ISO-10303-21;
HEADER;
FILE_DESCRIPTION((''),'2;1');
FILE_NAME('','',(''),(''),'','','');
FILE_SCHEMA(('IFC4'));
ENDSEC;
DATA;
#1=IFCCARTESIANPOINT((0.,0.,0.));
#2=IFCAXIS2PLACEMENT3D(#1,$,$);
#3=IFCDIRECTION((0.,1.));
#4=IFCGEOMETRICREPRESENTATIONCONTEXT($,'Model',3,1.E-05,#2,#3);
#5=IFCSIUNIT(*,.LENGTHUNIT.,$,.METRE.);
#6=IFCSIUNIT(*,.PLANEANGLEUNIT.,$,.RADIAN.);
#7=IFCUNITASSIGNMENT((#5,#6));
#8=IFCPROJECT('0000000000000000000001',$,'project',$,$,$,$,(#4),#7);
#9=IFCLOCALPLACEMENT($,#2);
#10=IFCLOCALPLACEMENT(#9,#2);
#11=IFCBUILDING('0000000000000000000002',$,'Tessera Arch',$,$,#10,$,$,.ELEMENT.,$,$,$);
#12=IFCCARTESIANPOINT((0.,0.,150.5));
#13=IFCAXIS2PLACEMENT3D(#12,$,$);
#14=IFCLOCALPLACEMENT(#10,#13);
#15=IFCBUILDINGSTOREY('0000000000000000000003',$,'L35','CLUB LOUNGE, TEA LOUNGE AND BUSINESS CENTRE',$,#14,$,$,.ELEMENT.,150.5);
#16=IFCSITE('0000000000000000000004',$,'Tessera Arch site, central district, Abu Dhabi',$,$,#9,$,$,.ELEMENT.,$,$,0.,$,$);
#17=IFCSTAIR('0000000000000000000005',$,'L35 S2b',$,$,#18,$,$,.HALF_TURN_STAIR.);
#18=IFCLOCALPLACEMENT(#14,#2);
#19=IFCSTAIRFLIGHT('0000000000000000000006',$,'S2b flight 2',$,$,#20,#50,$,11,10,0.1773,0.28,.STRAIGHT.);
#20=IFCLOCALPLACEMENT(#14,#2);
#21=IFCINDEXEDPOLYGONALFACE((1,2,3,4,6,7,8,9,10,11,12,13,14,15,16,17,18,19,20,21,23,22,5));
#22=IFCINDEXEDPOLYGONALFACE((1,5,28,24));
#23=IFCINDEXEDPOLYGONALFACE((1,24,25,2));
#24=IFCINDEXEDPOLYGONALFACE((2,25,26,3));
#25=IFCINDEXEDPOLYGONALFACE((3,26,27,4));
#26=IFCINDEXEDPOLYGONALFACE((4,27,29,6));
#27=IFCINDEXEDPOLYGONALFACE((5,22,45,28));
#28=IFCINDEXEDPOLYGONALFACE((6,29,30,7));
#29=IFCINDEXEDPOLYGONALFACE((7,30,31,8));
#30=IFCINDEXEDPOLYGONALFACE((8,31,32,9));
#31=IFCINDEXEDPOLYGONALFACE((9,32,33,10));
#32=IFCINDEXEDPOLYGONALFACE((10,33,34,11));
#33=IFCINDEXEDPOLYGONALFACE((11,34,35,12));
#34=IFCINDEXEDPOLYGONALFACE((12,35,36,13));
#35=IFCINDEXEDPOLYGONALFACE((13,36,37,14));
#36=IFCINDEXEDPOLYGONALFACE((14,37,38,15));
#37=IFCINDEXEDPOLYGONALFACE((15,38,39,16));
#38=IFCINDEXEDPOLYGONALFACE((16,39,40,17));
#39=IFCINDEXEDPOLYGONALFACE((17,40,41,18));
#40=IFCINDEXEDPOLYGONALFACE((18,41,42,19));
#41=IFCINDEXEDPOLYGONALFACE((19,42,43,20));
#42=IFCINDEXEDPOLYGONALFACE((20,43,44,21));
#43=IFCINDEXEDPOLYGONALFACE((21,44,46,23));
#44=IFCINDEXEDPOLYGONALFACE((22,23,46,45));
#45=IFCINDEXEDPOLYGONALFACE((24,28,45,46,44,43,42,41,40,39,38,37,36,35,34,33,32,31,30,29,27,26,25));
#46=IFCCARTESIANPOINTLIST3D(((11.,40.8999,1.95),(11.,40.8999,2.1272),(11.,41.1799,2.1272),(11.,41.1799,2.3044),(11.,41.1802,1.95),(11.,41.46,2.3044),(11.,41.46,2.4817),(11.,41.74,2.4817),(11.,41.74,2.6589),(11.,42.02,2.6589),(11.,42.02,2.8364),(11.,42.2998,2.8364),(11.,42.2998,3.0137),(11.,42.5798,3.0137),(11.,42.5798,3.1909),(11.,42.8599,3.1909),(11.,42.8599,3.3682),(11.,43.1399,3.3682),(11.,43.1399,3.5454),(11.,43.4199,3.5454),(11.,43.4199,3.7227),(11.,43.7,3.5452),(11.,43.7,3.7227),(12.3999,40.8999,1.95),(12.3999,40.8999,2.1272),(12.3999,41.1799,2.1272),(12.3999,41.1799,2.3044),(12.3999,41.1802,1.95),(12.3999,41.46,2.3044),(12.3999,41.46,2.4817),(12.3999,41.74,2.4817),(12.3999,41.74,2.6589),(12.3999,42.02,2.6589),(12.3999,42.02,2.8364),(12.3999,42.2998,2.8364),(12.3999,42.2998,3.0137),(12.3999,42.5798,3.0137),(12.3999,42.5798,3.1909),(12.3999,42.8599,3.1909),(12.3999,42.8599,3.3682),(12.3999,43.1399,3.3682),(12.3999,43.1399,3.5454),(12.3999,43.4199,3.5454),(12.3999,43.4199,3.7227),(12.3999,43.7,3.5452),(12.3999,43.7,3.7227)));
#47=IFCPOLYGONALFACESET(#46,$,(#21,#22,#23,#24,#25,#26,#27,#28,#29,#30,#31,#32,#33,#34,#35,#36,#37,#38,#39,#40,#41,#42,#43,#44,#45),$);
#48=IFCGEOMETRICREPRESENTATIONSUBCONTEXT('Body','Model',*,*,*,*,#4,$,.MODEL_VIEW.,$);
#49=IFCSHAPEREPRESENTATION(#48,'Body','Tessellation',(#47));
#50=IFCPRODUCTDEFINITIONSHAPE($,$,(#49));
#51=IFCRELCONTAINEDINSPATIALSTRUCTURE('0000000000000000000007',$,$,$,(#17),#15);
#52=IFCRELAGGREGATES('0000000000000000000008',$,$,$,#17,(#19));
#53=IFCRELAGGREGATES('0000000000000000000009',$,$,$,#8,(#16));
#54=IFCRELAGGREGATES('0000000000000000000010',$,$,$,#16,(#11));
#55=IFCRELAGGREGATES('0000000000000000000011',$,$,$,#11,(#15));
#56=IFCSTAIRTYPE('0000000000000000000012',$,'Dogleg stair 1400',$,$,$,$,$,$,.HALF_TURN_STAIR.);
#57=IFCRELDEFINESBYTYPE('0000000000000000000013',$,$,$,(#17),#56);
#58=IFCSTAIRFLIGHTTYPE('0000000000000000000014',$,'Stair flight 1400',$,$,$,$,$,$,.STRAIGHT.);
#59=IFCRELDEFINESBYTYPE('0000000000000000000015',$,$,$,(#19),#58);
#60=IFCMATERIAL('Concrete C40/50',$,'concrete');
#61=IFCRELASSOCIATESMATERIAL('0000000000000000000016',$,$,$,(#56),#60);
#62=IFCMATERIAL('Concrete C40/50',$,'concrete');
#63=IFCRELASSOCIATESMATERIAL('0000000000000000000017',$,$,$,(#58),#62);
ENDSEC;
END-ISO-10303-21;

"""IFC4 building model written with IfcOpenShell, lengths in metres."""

from ifc_helpers import new_model, si_unit, direction, frame, origin, place, context, subcontext, project, spatial, polyline, outline, extrude, material, type_object, element, aggregate, save


model = new_model("IFC4")

# Units and contexts
model_context = context("Model", 3, precision=1e-05, world=origin(), true_north=direction((0.0, 1.0)))
body_context = subcontext(model_context, "Body", "Model", "MODEL_VIEW")
ifc_project = project(units=[si_unit("LENGTHUNIT", "METRE"), si_unit("PLANEANGLEUNIT", "RADIAN")], contexts=[model_context])

# Site, building, storey
site_placement = place(None, origin())
site = spatial("IfcSite", under=ifc_project, at=site_placement, Name="Tessera Arch site, central district, Abu Dhabi", CompositionType="ELEMENT", RefElevation=0.0)
building_placement = place(site_placement, origin())
building = spatial("IfcBuilding", under=site, at=building_placement, Name="Tessera Arch", CompositionType="ELEMENT")
storey_placement = place(building_placement, frame((0.0, 0.0, 150.5)))
storey = spatial("IfcBuildingStorey", under=building, at=storey_placement, Name="L35", Description="CLUB LOUNGE, TEA LOUNGE AND BUSINESS CENTRE", CompositionType="ELEMENT", Elevation=150.5)

# Stair, stair flight
ifc_material_1 = material(Name="Concrete C40/50", Category="concrete")
stair_type = type_object("IfcStairType", Name="Dogleg stair 1400", PredefinedType="HALF_TURN_STAIR", material=ifc_material_1)
stair_placement = place(storey_placement, origin())
stair = element("IfcStair", 1, at=stair_placement, inside=storey, type_object=stair_type, Name="L35 S2b", PredefinedType="HALF_TURN_STAIR")
ifc_material_2 = material(Name="Concrete C40/50", Category="concrete")
stair_flight_type = type_object("IfcStairFlightType", Name="Stair flight 1400", PredefinedType="STRAIGHT", material=ifc_material_2)
stair_flight_placement = place(storey_placement, frame((11.7, 40.8999, 1.95), z_axis=(0.0, 0.0, 1.0), x_axis=(0.0, 1.0, 0.0)))
stair_flight = element("IfcStairFlight", 2, at=stair_flight_placement, type_object=stair_flight_type, Name="S2b flight 2", NumberOfRisers=11, NumberOfTreads=10, PredefinedType="STRAIGHT", RiserHeight=0.1773, TreadLength=0.28, context=body_context, shape_type="SweptSolid", body=[
    extrude(outline(polyline([(0.0, 0.0), (0.0, 0.1772), (0.28, 0.1772), (0.28, 0.3545), (0.5601, 0.3545), (0.5601, 0.5317), (0.8401, 0.5317), (0.8401, 0.709), (1.1201, 0.709), (1.1201, 0.8865), (1.3999, 0.8865), (1.3999, 1.0637), (1.6799, 1.0637), (1.6799, 1.241), (1.96, 1.241), (1.96, 1.4182), (2.24, 1.4182), (2.24, 1.5955), (2.52, 1.5955), (2.52, 1.7727), (2.8, 1.7727), (2.8, 1.95), (2.8, 1.5952), (0.2803, 0.0), (0.0, 0.0)])), frame((0.0, 0.7, 0.0), z_axis=(0.0, -1.0, 0.0), x_axis=(1.0, 0.0, 0.0)), (0.0, 0.0, 1.0), 1.3999),
])
aggregate(stair, [stair_flight])

save(model, "model.ifc")
